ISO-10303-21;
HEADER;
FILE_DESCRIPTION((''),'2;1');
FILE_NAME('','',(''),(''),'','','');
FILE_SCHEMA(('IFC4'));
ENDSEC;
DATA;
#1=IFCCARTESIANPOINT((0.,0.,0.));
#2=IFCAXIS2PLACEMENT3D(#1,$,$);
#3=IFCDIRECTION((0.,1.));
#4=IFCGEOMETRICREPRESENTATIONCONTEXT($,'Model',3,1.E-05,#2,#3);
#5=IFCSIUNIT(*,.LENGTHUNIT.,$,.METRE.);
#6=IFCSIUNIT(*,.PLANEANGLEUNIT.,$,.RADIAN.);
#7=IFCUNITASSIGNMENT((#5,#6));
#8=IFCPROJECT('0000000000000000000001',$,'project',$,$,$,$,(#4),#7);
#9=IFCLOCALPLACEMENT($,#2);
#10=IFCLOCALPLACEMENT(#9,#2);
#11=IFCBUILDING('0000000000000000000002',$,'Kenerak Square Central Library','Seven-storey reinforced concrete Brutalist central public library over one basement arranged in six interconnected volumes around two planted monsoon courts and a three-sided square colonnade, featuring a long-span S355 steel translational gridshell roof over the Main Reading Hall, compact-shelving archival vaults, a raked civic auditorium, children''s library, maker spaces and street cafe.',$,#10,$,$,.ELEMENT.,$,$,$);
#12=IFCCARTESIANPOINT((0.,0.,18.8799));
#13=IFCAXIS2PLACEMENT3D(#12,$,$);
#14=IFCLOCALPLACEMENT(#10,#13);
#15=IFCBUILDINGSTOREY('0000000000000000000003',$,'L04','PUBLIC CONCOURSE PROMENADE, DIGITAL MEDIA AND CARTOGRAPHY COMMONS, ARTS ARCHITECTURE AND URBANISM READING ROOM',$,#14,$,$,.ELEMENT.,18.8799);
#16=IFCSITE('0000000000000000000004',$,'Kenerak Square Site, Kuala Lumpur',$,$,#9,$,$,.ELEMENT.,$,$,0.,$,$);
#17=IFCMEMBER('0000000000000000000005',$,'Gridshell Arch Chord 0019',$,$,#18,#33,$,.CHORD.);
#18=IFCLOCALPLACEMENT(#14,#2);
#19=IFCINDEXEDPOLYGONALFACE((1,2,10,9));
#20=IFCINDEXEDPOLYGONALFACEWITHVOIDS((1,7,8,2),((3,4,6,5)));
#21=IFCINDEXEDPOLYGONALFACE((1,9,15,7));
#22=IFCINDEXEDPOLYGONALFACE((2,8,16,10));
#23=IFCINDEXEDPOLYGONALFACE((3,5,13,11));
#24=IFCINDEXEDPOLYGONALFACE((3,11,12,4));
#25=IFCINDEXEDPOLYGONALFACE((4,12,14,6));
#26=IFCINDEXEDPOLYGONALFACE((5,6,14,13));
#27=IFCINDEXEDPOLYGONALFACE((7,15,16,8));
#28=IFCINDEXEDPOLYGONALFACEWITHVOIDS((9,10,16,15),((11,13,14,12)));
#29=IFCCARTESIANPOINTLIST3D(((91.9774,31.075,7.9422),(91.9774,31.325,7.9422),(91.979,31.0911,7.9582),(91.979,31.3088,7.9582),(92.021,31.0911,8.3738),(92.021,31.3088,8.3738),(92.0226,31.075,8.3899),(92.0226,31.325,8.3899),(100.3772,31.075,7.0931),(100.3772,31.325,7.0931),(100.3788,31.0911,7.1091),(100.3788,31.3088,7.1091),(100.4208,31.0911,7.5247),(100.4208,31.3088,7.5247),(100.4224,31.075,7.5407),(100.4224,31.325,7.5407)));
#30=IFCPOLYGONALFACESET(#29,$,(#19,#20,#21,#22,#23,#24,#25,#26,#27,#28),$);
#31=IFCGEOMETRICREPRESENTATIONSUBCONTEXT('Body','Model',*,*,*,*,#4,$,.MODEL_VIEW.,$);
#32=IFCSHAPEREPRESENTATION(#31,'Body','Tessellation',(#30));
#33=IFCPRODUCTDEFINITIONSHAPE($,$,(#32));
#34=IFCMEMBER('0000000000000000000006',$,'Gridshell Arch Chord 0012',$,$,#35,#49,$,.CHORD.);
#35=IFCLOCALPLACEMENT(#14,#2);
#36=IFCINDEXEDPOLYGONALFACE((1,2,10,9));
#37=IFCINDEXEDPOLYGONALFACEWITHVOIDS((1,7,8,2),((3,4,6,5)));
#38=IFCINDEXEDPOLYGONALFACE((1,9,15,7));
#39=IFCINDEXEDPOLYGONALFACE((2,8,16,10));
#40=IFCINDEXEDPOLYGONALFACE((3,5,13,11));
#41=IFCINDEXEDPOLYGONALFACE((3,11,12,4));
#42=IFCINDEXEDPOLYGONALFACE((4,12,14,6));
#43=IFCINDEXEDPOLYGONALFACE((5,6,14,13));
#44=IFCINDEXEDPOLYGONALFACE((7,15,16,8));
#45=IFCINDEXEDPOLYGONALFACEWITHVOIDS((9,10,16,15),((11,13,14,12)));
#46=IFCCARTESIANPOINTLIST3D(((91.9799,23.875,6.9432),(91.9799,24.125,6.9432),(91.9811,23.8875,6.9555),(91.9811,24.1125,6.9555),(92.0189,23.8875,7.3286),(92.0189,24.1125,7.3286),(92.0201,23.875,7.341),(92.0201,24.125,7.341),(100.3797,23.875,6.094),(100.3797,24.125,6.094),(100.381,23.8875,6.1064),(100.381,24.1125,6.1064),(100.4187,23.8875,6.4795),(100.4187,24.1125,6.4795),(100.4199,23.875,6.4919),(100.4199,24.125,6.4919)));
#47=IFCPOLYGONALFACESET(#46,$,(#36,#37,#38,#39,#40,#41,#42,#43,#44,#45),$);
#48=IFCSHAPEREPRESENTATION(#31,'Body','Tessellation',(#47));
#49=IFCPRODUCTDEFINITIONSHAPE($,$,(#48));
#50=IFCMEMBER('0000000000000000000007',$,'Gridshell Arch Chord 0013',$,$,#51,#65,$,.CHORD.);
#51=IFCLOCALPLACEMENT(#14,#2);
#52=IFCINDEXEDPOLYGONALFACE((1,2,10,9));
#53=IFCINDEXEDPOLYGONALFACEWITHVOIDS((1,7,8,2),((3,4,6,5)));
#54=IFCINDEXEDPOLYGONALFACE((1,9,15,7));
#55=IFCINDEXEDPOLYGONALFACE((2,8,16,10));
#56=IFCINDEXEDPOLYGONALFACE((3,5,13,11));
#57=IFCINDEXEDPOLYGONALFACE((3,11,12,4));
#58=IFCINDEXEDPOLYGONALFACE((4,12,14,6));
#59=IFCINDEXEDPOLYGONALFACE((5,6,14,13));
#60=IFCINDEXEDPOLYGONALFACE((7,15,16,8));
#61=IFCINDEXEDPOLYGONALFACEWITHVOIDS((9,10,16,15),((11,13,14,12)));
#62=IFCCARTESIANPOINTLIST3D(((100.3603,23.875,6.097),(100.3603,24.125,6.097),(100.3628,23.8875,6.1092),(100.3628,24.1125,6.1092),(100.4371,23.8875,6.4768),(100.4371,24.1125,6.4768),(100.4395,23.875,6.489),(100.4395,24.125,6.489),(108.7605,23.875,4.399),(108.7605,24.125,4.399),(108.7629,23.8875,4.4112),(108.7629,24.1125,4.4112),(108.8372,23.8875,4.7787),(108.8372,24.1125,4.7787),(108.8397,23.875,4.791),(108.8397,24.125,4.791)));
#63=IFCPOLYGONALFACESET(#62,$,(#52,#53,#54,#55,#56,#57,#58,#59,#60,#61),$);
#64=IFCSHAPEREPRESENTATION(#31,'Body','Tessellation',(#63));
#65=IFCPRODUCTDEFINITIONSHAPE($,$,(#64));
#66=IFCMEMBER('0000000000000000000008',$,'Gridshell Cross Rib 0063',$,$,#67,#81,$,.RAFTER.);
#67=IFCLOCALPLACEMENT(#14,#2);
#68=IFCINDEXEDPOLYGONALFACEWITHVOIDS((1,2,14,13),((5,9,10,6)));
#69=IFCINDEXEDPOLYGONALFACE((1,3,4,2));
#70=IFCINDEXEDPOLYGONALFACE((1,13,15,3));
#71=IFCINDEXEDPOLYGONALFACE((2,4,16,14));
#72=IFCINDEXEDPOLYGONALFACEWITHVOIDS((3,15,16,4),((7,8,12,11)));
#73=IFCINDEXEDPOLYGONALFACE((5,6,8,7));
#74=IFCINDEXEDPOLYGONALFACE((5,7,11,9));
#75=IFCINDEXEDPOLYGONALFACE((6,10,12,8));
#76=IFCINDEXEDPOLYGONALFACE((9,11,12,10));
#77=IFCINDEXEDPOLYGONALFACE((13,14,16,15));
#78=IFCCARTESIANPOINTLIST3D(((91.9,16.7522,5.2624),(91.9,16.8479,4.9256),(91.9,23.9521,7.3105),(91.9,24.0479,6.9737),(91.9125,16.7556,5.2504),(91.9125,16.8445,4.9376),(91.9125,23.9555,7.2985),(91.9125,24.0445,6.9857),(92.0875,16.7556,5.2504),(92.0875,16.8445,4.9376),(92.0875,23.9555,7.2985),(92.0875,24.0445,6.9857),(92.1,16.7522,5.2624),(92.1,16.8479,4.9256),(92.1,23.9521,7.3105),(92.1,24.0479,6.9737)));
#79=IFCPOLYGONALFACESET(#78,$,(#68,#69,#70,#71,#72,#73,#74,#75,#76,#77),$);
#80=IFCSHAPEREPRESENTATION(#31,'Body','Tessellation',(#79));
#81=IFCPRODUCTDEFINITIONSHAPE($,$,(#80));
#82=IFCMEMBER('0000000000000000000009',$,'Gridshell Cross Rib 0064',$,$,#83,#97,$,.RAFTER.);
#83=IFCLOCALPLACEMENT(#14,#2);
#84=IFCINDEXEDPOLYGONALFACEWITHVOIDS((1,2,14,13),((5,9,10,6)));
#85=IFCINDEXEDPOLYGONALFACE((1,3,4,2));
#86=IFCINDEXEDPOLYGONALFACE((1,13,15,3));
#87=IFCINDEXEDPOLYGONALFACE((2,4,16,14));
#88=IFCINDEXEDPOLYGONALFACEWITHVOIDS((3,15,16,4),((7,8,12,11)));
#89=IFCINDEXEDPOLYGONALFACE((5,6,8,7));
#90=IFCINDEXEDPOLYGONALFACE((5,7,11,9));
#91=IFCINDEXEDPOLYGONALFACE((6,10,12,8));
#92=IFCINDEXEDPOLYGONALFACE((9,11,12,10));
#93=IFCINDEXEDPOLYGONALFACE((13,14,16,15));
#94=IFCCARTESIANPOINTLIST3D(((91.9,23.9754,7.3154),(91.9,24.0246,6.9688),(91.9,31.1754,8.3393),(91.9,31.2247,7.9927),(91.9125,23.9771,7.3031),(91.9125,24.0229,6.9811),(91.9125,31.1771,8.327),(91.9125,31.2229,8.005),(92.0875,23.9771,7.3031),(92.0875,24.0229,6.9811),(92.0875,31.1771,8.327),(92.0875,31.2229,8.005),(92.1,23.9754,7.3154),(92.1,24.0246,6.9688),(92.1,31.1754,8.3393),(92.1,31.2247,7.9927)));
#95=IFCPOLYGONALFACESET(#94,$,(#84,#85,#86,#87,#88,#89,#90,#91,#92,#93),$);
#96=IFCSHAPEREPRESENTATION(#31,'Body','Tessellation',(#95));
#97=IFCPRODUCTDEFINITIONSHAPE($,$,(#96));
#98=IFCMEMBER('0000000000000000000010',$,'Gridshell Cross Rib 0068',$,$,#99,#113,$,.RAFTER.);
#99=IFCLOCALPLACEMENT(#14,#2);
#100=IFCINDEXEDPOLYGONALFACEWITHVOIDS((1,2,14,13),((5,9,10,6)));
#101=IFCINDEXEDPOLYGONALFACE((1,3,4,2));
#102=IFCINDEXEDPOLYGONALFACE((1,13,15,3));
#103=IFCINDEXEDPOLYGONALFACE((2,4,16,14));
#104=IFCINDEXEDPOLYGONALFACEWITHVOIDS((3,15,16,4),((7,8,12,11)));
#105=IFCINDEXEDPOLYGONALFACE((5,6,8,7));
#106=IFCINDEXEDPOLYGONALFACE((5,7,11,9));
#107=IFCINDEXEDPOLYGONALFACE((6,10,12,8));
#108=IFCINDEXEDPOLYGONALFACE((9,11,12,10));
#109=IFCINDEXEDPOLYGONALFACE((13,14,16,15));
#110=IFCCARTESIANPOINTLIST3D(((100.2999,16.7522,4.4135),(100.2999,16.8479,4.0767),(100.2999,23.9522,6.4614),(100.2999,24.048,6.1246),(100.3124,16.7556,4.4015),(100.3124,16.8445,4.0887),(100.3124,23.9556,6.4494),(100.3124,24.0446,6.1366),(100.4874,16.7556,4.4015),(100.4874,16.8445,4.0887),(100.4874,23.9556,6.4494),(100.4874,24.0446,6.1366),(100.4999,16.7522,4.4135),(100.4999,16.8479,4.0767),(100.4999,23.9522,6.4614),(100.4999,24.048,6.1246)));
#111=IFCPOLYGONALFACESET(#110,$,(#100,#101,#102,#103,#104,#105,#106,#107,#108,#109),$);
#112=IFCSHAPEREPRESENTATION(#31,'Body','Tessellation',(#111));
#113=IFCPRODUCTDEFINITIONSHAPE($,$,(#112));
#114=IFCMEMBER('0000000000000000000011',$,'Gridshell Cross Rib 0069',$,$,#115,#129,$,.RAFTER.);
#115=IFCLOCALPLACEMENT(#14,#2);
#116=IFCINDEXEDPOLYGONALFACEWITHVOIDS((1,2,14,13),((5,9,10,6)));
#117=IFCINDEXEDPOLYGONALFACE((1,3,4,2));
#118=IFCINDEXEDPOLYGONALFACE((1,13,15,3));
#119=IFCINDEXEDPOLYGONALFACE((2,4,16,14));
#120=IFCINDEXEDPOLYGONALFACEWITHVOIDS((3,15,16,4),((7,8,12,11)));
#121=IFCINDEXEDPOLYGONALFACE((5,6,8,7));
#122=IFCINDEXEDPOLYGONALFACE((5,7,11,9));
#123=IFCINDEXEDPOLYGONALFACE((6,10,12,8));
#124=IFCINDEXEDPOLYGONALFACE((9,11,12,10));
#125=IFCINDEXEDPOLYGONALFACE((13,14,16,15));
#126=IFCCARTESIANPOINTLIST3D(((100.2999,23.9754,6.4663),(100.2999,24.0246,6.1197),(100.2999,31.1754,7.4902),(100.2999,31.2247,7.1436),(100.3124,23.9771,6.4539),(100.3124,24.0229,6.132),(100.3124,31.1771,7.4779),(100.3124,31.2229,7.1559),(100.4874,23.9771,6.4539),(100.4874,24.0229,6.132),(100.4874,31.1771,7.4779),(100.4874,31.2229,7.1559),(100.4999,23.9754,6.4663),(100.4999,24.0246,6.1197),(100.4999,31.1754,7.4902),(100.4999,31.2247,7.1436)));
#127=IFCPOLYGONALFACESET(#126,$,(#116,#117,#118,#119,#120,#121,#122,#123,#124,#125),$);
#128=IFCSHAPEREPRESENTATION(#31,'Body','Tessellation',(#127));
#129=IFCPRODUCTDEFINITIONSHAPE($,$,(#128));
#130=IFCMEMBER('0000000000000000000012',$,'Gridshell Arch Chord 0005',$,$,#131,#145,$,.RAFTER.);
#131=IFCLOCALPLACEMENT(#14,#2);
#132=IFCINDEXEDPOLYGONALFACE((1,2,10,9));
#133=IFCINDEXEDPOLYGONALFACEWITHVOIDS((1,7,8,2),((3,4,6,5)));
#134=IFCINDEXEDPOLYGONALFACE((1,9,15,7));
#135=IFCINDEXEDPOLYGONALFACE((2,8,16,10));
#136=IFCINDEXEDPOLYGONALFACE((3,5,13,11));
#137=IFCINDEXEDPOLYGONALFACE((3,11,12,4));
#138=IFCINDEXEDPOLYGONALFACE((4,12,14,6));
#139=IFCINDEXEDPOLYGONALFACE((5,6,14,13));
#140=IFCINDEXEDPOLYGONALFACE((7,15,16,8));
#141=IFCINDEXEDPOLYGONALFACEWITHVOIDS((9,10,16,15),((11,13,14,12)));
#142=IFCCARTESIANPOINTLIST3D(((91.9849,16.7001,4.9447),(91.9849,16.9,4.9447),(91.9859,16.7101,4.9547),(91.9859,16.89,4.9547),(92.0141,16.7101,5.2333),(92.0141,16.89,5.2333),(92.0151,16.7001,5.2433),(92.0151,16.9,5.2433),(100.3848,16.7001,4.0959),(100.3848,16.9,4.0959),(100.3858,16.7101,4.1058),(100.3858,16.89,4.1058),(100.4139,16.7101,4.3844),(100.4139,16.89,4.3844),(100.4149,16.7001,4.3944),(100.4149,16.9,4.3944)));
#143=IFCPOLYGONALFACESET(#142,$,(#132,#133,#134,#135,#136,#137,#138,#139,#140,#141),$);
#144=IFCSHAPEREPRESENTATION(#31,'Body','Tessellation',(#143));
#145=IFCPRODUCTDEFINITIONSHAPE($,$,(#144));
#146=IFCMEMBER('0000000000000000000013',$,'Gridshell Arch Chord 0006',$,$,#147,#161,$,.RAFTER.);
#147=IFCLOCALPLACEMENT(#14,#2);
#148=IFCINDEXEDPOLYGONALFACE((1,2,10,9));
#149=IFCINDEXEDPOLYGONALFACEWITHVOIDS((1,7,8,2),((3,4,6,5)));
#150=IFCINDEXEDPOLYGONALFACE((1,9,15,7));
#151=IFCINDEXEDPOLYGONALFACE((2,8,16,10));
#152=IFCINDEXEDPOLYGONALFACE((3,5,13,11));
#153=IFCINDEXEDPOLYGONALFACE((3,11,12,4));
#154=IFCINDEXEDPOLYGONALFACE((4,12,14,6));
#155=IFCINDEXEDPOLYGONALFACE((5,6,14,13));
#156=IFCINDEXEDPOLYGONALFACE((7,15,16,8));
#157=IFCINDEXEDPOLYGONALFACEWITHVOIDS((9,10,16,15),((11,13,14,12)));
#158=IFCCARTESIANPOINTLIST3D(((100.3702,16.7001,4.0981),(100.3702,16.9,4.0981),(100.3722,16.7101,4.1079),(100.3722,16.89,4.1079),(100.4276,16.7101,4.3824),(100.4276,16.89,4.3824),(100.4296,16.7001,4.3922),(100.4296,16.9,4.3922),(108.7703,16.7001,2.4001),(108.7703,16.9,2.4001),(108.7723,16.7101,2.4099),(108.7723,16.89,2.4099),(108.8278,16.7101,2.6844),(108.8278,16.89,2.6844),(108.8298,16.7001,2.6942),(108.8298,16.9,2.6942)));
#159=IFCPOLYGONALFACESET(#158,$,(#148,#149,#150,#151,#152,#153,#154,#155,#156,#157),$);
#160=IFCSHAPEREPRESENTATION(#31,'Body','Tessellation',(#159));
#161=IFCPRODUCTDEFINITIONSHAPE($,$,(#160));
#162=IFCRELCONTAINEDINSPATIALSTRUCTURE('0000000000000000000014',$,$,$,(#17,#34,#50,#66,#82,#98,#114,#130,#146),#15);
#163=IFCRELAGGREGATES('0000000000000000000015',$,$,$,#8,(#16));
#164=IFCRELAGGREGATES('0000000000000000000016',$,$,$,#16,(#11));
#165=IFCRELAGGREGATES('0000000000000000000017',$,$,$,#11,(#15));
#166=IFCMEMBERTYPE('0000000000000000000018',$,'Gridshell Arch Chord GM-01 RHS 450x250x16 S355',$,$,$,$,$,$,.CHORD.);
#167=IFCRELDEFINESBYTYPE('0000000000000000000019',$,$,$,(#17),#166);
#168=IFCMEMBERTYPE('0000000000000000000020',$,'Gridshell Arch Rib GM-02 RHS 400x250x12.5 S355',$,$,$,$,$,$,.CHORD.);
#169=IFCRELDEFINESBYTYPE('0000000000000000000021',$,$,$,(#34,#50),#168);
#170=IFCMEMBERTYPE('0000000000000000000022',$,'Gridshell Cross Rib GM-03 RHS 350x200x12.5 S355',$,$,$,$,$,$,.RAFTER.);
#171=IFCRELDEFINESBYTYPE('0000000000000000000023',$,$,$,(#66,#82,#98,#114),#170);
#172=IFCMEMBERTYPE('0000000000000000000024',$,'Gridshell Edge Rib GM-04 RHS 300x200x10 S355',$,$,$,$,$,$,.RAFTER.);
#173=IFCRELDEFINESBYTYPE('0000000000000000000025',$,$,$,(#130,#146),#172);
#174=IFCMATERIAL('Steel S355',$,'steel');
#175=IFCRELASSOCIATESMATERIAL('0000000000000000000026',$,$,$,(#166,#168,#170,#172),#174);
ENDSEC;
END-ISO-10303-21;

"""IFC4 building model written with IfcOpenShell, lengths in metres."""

from ifc_helpers import new_model, si_unit, direction, frame, origin, origin_2d, place, context, subcontext, project, spatial, hollow_rectangle, extrude, material, material_profile, profile_set, type_object, element, save


model = new_model("IFC4")

# Units and contexts
model_context = context("Model", 3, precision=1e-05, world=origin(), true_north=direction((0.0, 1.0)))
body_context = subcontext(model_context, "Body", "Model", "MODEL_VIEW")
ifc_project = project(units=[si_unit("LENGTHUNIT", "METRE"), si_unit("PLANEANGLEUNIT", "RADIAN")], contexts=[model_context])

# Site, building, storey
site_placement = place(None, origin())
site = spatial("IfcSite", under=ifc_project, at=site_placement, Name="Kenerak Square Site, Kuala Lumpur", CompositionType="ELEMENT", RefElevation=0.0)
building_placement = place(site_placement, origin())
building = spatial("IfcBuilding", under=site, at=building_placement, Name="Kenerak Square Central Library", Description="Seven-storey reinforced concrete Brutalist central public library over one basement arranged in six interconnected volumes around two planted monsoon courts and a three-sided square colonnade, featuring a long-span S355 steel translational gridshell roof over the Main Reading Hall, compact-shelving archival vaults, a raked civic auditorium, children's library, maker spaces and street cafe.", CompositionType="ELEMENT")
storey_placement = place(building_placement, frame((0.0, 0.0, 18.8799)))
storey = spatial("IfcBuildingStorey", under=building, at=storey_placement, Name="L04", Description="PUBLIC CONCOURSE PROMENADE, DIGITAL MEDIA AND CARTOGRAPHY COMMONS, ARTS ARCHITECTURE AND URBANISM READING ROOM", CompositionType="ELEMENT", Elevation=18.8799)

# Members
ifc_material = material(Name="Steel S355", Category="steel")
ifc_material_profile_1 = material_profile(ifc_material, hollow_rectangle(XDim=0.25, YDim=0.45, WallThickness=0.0161, at=origin_2d()), Name="RHS 450x250x16.0")
ifc_profile_set_1 = profile_set([ifc_material_profile_1], Name="Steel S355")
member_type_1 = type_object("IfcMemberType", Name="Gridshell Arch Chord GM-01 RHS 450x250x16 S355", PredefinedType="CHORD", material=ifc_profile_set_1)
member_1_placement = place(storey_placement, frame((92.0, 31.2, 8.166), z_axis=(0.99493, 0.0, -0.100574), x_axis=(0.0, 1.0, 0.0)))
element("IfcMember", 1, at=member_1_placement, inside=storey, type_object=member_type_1, Name="Gridshell Arch Chord 0019", PredefinedType="CHORD", context=body_context, shape_type="SweptSolid", body=[
    extrude(hollow_rectangle(XDim=0.25, YDim=0.45, WallThickness=0.0161, at=origin_2d()), origin(), (0.0, 0.0, 1.0), 8.4426),
])
ifc_material_profile_2 = material_profile(ifc_material, hollow_rectangle(XDim=0.25, YDim=0.3999, WallThickness=0.0125, at=origin_2d()), Name="RHS 400x250x12.5")
ifc_profile_set_2 = profile_set([ifc_material_profile_2], Name="Steel S355")
member_type_2 = type_object("IfcMemberType", Name="Gridshell Arch Rib GM-02 RHS 400x250x12.5 S355", PredefinedType="CHORD", material=ifc_profile_set_2)
member_2_placement = place(storey_placement, frame((92.0, 24.0, 7.1421), z_axis=(0.99493, 0.0, -0.100574), x_axis=(0.0, 1.0, 0.0)))
element("IfcMember", 2, at=member_2_placement, inside=storey, type_object=member_type_2, Name="Gridshell Arch Chord 0012", PredefinedType="CHORD", context=body_context, shape_type="SweptSolid", body=[
    extrude(hollow_rectangle(XDim=0.25, YDim=0.3999, WallThickness=0.0125, at=origin_2d()), origin(), (0.0, 0.0, 1.0), 8.4426),
])
member_3_placement = place(storey_placement, frame((100.3999, 24.0, 6.293), z_axis=(0.980175, 0.0, -0.198132), x_axis=(0.0, 1.0, 0.0)))
element("IfcMember", 3, at=member_3_placement, inside=storey, type_object=member_type_2, Name="Gridshell Arch Chord 0013", PredefinedType="CHORD", context=body_context, shape_type="SweptSolid", body=[
    extrude(hollow_rectangle(XDim=0.25, YDim=0.3999, WallThickness=0.0125, at=origin_2d()), origin(), (0.0, 0.0, 1.0), 8.5701),
])
ifc_material_profile_3 = material_profile(ifc_material, hollow_rectangle(XDim=0.2, YDim=0.3501, WallThickness=0.0125, at=origin_2d()), Name="RHS 350x200x12.5")
ifc_profile_set_3 = profile_set([ifc_material_profile_3], Name="Steel S355")
member_type_3 = type_object("IfcMemberType", Name="Gridshell Cross Rib GM-03 RHS 350x200x12.5 S355", PredefinedType="RAFTER", material=ifc_profile_set_3)
member_4_placement = place(storey_placement, frame((92.0, 16.8, 5.094), z_axis=(0.0, 0.961842, 0.273605), x_axis=(-1.0, 0.0, 0.0)))
element("IfcMember", 4, at=member_4_placement, inside=storey, type_object=member_type_3, Name="Gridshell Cross Rib 0063", PredefinedType="RAFTER", context=body_context, shape_type="SweptSolid", body=[
    extrude(hollow_rectangle(XDim=0.2, YDim=0.3501, WallThickness=0.0125, at=origin_2d()), origin(), (0.0, 0.0, 1.0), 7.4856),
])
member_5_placement = place(storey_placement, frame((92.0, 24.0, 7.1421), z_axis=(0.0, 0.990039, 0.140796), x_axis=(-1.0, 0.0, 0.0)))
element("IfcMember", 5, at=member_5_placement, inside=storey, type_object=member_type_3, Name="Gridshell Cross Rib 0064", PredefinedType="RAFTER", context=body_context, shape_type="SweptSolid", body=[
    extrude(hollow_rectangle(XDim=0.2, YDim=0.3501, WallThickness=0.0125, at=origin_2d()), origin(), (0.0, 0.0, 1.0), 7.2725),
])
member_6_placement = place(storey_placement, frame((100.3999, 16.8, 4.2451), z_axis=(0.0, 0.961851, 0.273575), x_axis=(-1.0, 0.0, 0.0)))
element("IfcMember", 6, at=member_6_placement, inside=storey, type_object=member_type_3, Name="Gridshell Cross Rib 0068", PredefinedType="RAFTER", context=body_context, shape_type="SweptSolid", body=[
    extrude(hollow_rectangle(XDim=0.2, YDim=0.3501, WallThickness=0.0125, at=origin_2d()), origin(), (0.0, 0.0, 1.0), 7.4856),
])
member_7_placement = place(storey_placement, frame((100.3999, 24.0, 6.293), z_axis=(0.0, 0.990039, 0.140796), x_axis=(-1.0, 0.0, 0.0)))
element("IfcMember", 7, at=member_7_placement, inside=storey, type_object=member_type_3, Name="Gridshell Cross Rib 0069", PredefinedType="RAFTER", context=body_context, shape_type="SweptSolid", body=[
    extrude(hollow_rectangle(XDim=0.2, YDim=0.3501, WallThickness=0.0125, at=origin_2d()), origin(), (0.0, 0.0, 1.0), 7.2725),
])
ifc_material_profile_4 = material_profile(ifc_material, hollow_rectangle(XDim=0.2, YDim=0.3, WallThickness=0.01, at=origin_2d()), Name="RHS 300x200x10.0")
ifc_profile_set_4 = profile_set([ifc_material_profile_4], Name="Steel S355")
member_type_4 = type_object("IfcMemberType", Name="Gridshell Edge Rib GM-04 RHS 300x200x10 S355", PredefinedType="RAFTER", material=ifc_profile_set_4)
member_8_placement = place(storey_placement, frame((92.0, 16.8, 5.094), z_axis=(0.994932, 0.0, -0.100546), x_axis=(0.0, 1.0, 0.0)))
element("IfcMember", 8, at=member_8_placement, inside=storey, type_object=member_type_4, Name="Gridshell Arch Chord 0005", PredefinedType="RAFTER", context=body_context, shape_type="SweptSolid", body=[
    extrude(hollow_rectangle(XDim=0.2, YDim=0.3, WallThickness=0.01, at=origin_2d()), origin(), (0.0, 0.0, 1.0), 8.4426),
])
member_9_placement = place(storey_placement, frame((100.3999, 16.8, 4.2451), z_axis=(0.980175, 0.0, -0.198132), x_axis=(0.0, 1.0, 0.0)))
element("IfcMember", 9, at=member_9_placement, inside=storey, type_object=member_type_4, Name="Gridshell Arch Chord 0006", PredefinedType="RAFTER", context=body_context, shape_type="SweptSolid", body=[
    extrude(hollow_rectangle(XDim=0.2, YDim=0.3, WallThickness=0.01, at=origin_2d()), origin(), (0.0, 0.0, 1.0), 8.5701),
])

save(model, "model.ifc")
